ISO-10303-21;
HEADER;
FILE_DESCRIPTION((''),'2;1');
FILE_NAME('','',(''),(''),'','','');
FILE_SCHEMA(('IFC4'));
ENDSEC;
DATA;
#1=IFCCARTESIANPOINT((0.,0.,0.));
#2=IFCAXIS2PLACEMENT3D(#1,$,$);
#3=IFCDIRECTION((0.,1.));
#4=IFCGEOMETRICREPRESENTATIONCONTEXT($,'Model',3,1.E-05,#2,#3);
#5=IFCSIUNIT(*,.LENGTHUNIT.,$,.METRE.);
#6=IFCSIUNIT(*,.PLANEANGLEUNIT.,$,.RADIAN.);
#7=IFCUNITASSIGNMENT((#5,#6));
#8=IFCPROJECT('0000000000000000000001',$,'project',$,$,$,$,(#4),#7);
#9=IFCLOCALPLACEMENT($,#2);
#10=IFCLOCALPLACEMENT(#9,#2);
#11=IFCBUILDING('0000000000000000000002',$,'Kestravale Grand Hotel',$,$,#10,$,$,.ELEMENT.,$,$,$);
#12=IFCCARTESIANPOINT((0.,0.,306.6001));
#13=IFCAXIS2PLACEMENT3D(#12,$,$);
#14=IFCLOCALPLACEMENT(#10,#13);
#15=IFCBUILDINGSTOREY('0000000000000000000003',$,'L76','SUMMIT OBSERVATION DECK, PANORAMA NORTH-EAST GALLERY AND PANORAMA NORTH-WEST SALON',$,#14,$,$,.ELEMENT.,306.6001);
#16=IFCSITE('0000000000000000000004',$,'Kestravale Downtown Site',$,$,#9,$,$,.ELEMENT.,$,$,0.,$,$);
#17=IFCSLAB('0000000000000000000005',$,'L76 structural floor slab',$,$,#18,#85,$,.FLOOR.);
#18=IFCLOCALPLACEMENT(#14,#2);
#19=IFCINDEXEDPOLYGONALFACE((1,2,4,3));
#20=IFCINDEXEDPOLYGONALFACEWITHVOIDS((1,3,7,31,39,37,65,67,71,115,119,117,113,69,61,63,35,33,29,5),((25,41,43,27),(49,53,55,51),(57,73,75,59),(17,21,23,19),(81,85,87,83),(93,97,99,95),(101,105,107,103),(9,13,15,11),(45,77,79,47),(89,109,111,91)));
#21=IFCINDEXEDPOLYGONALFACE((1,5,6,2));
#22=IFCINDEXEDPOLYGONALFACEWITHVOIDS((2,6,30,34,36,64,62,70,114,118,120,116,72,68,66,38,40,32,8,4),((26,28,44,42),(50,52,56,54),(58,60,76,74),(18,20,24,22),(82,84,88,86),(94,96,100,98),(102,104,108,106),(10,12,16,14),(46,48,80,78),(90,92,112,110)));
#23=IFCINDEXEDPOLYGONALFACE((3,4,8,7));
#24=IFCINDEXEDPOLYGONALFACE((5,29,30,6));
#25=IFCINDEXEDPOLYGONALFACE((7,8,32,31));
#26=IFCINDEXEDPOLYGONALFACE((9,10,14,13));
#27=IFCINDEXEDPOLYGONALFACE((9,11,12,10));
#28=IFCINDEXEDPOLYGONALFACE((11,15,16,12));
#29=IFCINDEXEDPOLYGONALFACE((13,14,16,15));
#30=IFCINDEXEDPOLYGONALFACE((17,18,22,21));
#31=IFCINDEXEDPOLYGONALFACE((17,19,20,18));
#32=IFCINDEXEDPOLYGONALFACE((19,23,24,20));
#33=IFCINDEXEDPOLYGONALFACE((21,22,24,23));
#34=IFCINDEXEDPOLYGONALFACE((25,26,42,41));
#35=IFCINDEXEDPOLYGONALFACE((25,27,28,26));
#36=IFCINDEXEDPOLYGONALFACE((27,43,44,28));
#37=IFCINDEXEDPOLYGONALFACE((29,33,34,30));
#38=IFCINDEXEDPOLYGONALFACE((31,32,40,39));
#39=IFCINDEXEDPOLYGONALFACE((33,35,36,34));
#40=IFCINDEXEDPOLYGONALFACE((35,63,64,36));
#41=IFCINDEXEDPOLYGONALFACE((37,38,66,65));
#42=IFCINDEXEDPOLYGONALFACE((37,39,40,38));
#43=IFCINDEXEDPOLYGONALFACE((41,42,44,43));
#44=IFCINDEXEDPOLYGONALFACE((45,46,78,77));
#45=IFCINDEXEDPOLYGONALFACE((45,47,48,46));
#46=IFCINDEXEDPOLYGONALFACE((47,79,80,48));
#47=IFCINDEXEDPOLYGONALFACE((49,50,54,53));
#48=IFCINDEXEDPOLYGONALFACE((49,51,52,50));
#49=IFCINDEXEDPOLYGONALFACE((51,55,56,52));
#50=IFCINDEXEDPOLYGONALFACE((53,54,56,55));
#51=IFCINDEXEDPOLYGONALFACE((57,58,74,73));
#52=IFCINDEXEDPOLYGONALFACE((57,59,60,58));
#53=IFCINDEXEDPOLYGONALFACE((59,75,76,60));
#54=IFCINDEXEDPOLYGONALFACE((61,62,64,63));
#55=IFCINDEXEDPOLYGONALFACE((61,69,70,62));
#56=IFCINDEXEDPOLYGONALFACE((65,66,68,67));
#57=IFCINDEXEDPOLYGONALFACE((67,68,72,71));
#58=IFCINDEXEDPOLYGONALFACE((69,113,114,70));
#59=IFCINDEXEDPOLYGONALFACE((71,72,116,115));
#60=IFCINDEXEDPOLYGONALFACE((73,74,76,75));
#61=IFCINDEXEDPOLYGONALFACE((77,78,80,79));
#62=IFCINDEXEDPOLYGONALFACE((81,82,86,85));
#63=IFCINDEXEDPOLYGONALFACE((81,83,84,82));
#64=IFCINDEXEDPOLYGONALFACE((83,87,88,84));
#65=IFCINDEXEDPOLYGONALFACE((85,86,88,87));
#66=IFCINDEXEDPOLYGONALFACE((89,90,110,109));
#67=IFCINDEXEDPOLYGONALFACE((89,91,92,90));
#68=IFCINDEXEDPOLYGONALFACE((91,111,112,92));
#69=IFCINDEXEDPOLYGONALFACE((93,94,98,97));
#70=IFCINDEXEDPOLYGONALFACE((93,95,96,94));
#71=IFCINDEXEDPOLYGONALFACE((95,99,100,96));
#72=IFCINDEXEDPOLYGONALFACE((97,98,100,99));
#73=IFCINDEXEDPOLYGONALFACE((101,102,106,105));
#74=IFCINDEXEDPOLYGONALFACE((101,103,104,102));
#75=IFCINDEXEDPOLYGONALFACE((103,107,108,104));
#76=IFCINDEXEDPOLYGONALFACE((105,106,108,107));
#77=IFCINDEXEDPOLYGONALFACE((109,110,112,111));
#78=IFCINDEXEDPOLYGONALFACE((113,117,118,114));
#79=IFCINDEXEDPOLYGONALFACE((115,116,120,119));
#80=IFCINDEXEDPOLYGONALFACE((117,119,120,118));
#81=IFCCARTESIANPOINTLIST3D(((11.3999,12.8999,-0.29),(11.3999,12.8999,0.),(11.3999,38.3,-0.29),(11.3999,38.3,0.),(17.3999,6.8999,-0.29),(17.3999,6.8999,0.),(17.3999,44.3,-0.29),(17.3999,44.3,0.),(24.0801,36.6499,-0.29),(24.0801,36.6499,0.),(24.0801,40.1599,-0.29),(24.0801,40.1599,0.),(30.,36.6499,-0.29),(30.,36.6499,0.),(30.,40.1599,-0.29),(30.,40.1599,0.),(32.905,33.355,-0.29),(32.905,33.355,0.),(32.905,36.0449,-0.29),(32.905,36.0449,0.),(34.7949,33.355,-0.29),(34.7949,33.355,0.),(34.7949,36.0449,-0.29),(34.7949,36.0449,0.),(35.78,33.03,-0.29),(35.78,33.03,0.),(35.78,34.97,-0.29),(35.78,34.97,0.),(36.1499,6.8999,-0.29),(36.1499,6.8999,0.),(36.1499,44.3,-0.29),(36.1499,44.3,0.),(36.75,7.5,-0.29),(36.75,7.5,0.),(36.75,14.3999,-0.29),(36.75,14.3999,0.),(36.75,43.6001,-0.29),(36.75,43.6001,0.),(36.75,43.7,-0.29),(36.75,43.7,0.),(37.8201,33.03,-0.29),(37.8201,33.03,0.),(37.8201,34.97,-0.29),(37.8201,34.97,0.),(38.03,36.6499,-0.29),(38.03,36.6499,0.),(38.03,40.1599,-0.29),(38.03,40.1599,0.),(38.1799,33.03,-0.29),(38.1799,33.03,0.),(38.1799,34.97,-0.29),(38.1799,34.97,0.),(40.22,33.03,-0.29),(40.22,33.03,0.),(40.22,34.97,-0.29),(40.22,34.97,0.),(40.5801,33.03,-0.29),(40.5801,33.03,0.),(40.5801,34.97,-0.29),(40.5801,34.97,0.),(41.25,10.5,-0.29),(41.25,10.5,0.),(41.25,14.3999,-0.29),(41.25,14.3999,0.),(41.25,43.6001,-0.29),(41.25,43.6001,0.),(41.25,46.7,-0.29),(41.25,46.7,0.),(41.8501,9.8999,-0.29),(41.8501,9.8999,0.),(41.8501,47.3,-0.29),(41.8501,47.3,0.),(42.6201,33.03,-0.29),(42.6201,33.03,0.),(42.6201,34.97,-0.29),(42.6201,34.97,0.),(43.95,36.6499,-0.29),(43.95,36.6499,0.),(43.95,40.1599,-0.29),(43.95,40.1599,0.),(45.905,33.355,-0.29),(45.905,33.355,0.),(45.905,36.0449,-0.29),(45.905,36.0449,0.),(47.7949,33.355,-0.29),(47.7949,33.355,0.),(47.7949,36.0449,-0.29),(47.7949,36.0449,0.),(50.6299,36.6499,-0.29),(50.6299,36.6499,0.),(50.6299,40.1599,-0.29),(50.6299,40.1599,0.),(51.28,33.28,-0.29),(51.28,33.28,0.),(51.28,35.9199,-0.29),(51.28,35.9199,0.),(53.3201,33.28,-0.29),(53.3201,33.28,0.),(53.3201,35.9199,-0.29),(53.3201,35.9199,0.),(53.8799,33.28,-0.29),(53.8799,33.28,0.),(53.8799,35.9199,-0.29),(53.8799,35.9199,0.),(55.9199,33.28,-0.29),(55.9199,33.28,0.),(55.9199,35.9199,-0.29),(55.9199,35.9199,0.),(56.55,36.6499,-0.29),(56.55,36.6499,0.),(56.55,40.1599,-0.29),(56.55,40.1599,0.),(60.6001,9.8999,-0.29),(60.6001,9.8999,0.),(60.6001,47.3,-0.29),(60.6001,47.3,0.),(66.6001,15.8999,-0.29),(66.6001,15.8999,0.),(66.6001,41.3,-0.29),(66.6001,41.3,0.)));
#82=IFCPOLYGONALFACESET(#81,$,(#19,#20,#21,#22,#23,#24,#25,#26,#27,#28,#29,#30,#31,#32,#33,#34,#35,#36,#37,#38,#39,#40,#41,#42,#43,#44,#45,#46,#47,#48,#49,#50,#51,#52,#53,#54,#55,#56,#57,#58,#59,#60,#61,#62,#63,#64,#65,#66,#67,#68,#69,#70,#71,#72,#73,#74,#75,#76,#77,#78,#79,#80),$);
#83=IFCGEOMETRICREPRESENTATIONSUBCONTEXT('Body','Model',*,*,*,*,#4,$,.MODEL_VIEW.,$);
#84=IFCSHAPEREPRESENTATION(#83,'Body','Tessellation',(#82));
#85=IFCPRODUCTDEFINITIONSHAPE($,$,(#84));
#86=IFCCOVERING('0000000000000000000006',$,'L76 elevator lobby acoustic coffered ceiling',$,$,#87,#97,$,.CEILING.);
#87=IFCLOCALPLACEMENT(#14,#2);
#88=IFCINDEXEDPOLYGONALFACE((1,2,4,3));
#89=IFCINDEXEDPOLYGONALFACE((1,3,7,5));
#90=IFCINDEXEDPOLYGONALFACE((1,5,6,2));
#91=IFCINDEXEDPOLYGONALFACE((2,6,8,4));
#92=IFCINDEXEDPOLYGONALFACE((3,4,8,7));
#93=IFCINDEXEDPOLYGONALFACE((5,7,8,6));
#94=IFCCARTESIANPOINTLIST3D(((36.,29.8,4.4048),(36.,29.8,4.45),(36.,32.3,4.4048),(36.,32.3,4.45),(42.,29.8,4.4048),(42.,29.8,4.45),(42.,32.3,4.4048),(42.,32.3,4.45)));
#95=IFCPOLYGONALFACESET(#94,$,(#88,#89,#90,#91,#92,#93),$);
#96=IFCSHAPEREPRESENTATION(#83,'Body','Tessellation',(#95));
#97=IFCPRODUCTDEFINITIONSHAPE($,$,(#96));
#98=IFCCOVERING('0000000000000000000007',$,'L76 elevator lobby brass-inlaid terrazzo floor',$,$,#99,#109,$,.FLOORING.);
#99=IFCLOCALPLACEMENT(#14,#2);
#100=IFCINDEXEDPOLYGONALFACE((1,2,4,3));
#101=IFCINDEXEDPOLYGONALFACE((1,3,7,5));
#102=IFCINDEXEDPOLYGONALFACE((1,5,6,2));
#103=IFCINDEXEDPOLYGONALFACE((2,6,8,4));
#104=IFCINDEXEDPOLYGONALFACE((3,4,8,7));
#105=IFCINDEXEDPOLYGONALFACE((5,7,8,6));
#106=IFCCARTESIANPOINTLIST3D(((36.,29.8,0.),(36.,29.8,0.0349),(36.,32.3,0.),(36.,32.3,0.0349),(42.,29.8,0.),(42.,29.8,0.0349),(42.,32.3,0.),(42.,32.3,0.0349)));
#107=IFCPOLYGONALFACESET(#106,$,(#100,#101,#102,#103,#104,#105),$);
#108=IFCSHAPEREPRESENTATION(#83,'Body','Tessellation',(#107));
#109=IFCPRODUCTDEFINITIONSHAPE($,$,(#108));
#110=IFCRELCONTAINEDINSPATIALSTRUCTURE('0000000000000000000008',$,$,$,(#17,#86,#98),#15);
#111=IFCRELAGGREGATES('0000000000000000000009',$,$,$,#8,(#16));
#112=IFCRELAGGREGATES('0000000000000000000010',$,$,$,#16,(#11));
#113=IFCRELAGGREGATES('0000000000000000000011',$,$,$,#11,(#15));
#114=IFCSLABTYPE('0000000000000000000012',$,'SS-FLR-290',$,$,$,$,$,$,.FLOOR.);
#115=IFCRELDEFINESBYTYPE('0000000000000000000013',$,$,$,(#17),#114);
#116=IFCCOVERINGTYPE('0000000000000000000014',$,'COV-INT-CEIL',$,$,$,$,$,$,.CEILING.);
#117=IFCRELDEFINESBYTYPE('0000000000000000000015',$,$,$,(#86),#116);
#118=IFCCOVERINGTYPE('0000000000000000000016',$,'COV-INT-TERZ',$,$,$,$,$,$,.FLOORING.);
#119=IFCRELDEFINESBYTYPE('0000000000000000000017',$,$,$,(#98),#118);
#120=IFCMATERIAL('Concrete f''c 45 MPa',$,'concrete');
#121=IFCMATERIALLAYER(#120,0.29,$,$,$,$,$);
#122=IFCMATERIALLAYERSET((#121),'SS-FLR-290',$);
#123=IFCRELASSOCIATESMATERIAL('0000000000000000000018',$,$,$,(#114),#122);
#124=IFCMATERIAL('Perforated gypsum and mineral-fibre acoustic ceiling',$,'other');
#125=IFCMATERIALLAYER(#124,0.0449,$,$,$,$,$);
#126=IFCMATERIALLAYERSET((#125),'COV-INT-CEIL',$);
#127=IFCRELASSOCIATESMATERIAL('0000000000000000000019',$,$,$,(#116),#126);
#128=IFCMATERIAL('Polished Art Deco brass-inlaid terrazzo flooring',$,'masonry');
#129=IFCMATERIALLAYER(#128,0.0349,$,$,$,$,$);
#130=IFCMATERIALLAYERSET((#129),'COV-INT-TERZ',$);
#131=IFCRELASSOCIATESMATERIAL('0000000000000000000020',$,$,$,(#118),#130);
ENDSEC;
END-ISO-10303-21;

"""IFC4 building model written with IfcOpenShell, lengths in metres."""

from ifc_helpers import new_model, si_unit, direction, frame, origin, place, context, subcontext, project, spatial, polyline, outline, extrude, material, layer, layer_set, type_object, element, save


model = new_model("IFC4")

# Units and contexts
model_context = context("Model", 3, precision=1e-05, world=origin(), true_north=direction((0.0, 1.0)))
body_context = subcontext(model_context, "Body", "Model", "MODEL_VIEW")
ifc_project = project(units=[si_unit("LENGTHUNIT", "METRE"), si_unit("PLANEANGLEUNIT", "RADIAN")], contexts=[model_context])

# Site, building, storey
site_placement = place(None, origin())
site = spatial("IfcSite", under=ifc_project, at=site_placement, Name="Kestravale Downtown Site", CompositionType="ELEMENT", RefElevation=0.0)
building_placement = place(site_placement, origin())
building = spatial("IfcBuilding", under=site, at=building_placement, Name="Kestravale Grand Hotel", CompositionType="ELEMENT")
storey_placement = place(building_placement, frame((0.0, 0.0, 306.6001)))
storey = spatial("IfcBuildingStorey", under=building, at=storey_placement, Name="L76", Description="SUMMIT OBSERVATION DECK, PANORAMA NORTH-EAST GALLERY AND PANORAMA NORTH-WEST SALON", CompositionType="ELEMENT", Elevation=306.6001)

# Slab
ifc_material_1 = material(Name="Concrete f'c 45 MPa", Category="concrete")
ifc_layer_1 = layer(ifc_material_1, 0.29)
ifc_layer_set_1 = layer_set([ifc_layer_1], Name="SS-FLR-290")
slab_type_1 = type_object("IfcSlabType", Name="SS-FLR-290", PredefinedType="FLOOR", material=ifc_layer_set_1)
slab_1_placement = place(storey_placement, frame((0.0, 0.0, -0.29)))
element("IfcSlab", 1, at=slab_1_placement, inside=storey, type_object=slab_type_1, Name="L76 structural floor slab", PredefinedType="FLOOR", context=body_context, shape_type="SweptSolid", body=[
    extrude(outline(polyline([(17.3999, 6.8999), (36.1499, 6.8999), (36.75, 7.5), (36.75, 14.3999), (41.25, 14.3999), (41.25, 10.5), (41.8501, 9.8999), (60.6001, 9.8999), (66.6001, 15.8999), (66.6001, 41.3), (60.6001, 47.3), (41.8501, 47.3), (41.25, 46.7), (41.25, 43.6001), (36.75, 43.6001), (36.75, 43.7), (36.1499, 44.3), (17.3999, 44.3), (11.3999, 38.3), (11.3999, 12.8999), (17.3999, 6.8999)]), holes=[polyline([(24.0801, 36.6499), (30.0, 36.6499), (30.0, 40.1599), (24.0801, 40.1599), (24.0801, 36.6499)]), polyline([(38.03, 36.6499), (43.95, 36.6499), (43.95, 40.1599), (38.03, 40.1599), (38.03, 36.6499)]), polyline([(50.6299, 36.6499), (56.55, 36.6499), (56.55, 40.1599), (50.6299, 40.1599), (50.6299, 36.6499)]), polyline([(35.78, 33.03), (37.8201, 33.03), (37.8201, 34.97), (35.78, 34.97), (35.78, 33.03)]), polyline([(38.1799, 33.03), (40.22, 33.03), (40.22, 34.97), (38.1799, 34.97), (38.1799, 33.03)]), polyline([(40.5801, 33.03), (42.6201, 33.03), (42.6201, 34.97), (40.5801, 34.97), (40.5801, 33.03)]), polyline([(32.905, 33.355), (34.7949, 33.355), (34.7949, 36.0449), (32.905, 36.0449), (32.905, 33.355)]), polyline([(45.905, 33.355), (47.7949, 33.355), (47.7949, 36.0449), (45.905, 36.0449), (45.905, 33.355)]), polyline([(51.28, 33.28), (53.3201, 33.28), (53.3201, 35.9199), (51.28, 35.9199), (51.28, 33.28)]), polyline([(53.8799, 33.28), (55.9199, 33.28), (55.9199, 35.9199), (53.8799, 35.9199), (53.8799, 33.28)])]), origin(), (0.0, 0.0, 1.0), 0.29),
])

# Coverings
ifc_material_2 = material(Name="Perforated gypsum and mineral-fibre acoustic ceiling", Category="other")
ifc_layer_2 = layer(ifc_material_2, 0.0449)
ifc_layer_set_2 = layer_set([ifc_layer_2], Name="COV-INT-CEIL")
covering_type_1 = type_object("IfcCoveringType", Name="COV-INT-CEIL", PredefinedType="CEILING", material=ifc_layer_set_2)
covering_1_placement = place(storey_placement, frame((0.0, 0.0, 4.4048)))
element("IfcCovering", 2, at=covering_1_placement, inside=storey, type_object=covering_type_1, Name="L76 elevator lobby acoustic coffered ceiling", PredefinedType="CEILING", context=body_context, shape_type="SweptSolid", body=[
    extrude(outline(polyline([(36.0, 29.8), (42.0, 29.8), (42.0, 32.3), (36.0, 32.3), (36.0, 29.8)])), origin(), (0.0, 0.0, 1.0), 0.0452),
])
ifc_material_3 = material(Name="Polished Art Deco brass-inlaid terrazzo flooring", Category="masonry")
ifc_layer_3 = layer(ifc_material_3, 0.0349)
ifc_layer_set_3 = layer_set([ifc_layer_3], Name="COV-INT-TERZ")
covering_type_2 = type_object("IfcCoveringType", Name="COV-INT-TERZ", PredefinedType="FLOORING", material=ifc_layer_set_3)
covering_2_placement = place(storey_placement, origin())
element("IfcCovering", 3, at=covering_2_placement, inside=storey, type_object=covering_type_2, Name="L76 elevator lobby brass-inlaid terrazzo floor", PredefinedType="FLOORING", context=body_context, shape_type="SweptSolid", body=[
    extrude(outline(polyline([(36.0, 29.8), (42.0, 29.8), (42.0, 32.3), (36.0, 32.3), (36.0, 29.8)])), origin(), (0.0, 0.0, 1.0), 0.0349),
])

save(model, "model.ifc")
